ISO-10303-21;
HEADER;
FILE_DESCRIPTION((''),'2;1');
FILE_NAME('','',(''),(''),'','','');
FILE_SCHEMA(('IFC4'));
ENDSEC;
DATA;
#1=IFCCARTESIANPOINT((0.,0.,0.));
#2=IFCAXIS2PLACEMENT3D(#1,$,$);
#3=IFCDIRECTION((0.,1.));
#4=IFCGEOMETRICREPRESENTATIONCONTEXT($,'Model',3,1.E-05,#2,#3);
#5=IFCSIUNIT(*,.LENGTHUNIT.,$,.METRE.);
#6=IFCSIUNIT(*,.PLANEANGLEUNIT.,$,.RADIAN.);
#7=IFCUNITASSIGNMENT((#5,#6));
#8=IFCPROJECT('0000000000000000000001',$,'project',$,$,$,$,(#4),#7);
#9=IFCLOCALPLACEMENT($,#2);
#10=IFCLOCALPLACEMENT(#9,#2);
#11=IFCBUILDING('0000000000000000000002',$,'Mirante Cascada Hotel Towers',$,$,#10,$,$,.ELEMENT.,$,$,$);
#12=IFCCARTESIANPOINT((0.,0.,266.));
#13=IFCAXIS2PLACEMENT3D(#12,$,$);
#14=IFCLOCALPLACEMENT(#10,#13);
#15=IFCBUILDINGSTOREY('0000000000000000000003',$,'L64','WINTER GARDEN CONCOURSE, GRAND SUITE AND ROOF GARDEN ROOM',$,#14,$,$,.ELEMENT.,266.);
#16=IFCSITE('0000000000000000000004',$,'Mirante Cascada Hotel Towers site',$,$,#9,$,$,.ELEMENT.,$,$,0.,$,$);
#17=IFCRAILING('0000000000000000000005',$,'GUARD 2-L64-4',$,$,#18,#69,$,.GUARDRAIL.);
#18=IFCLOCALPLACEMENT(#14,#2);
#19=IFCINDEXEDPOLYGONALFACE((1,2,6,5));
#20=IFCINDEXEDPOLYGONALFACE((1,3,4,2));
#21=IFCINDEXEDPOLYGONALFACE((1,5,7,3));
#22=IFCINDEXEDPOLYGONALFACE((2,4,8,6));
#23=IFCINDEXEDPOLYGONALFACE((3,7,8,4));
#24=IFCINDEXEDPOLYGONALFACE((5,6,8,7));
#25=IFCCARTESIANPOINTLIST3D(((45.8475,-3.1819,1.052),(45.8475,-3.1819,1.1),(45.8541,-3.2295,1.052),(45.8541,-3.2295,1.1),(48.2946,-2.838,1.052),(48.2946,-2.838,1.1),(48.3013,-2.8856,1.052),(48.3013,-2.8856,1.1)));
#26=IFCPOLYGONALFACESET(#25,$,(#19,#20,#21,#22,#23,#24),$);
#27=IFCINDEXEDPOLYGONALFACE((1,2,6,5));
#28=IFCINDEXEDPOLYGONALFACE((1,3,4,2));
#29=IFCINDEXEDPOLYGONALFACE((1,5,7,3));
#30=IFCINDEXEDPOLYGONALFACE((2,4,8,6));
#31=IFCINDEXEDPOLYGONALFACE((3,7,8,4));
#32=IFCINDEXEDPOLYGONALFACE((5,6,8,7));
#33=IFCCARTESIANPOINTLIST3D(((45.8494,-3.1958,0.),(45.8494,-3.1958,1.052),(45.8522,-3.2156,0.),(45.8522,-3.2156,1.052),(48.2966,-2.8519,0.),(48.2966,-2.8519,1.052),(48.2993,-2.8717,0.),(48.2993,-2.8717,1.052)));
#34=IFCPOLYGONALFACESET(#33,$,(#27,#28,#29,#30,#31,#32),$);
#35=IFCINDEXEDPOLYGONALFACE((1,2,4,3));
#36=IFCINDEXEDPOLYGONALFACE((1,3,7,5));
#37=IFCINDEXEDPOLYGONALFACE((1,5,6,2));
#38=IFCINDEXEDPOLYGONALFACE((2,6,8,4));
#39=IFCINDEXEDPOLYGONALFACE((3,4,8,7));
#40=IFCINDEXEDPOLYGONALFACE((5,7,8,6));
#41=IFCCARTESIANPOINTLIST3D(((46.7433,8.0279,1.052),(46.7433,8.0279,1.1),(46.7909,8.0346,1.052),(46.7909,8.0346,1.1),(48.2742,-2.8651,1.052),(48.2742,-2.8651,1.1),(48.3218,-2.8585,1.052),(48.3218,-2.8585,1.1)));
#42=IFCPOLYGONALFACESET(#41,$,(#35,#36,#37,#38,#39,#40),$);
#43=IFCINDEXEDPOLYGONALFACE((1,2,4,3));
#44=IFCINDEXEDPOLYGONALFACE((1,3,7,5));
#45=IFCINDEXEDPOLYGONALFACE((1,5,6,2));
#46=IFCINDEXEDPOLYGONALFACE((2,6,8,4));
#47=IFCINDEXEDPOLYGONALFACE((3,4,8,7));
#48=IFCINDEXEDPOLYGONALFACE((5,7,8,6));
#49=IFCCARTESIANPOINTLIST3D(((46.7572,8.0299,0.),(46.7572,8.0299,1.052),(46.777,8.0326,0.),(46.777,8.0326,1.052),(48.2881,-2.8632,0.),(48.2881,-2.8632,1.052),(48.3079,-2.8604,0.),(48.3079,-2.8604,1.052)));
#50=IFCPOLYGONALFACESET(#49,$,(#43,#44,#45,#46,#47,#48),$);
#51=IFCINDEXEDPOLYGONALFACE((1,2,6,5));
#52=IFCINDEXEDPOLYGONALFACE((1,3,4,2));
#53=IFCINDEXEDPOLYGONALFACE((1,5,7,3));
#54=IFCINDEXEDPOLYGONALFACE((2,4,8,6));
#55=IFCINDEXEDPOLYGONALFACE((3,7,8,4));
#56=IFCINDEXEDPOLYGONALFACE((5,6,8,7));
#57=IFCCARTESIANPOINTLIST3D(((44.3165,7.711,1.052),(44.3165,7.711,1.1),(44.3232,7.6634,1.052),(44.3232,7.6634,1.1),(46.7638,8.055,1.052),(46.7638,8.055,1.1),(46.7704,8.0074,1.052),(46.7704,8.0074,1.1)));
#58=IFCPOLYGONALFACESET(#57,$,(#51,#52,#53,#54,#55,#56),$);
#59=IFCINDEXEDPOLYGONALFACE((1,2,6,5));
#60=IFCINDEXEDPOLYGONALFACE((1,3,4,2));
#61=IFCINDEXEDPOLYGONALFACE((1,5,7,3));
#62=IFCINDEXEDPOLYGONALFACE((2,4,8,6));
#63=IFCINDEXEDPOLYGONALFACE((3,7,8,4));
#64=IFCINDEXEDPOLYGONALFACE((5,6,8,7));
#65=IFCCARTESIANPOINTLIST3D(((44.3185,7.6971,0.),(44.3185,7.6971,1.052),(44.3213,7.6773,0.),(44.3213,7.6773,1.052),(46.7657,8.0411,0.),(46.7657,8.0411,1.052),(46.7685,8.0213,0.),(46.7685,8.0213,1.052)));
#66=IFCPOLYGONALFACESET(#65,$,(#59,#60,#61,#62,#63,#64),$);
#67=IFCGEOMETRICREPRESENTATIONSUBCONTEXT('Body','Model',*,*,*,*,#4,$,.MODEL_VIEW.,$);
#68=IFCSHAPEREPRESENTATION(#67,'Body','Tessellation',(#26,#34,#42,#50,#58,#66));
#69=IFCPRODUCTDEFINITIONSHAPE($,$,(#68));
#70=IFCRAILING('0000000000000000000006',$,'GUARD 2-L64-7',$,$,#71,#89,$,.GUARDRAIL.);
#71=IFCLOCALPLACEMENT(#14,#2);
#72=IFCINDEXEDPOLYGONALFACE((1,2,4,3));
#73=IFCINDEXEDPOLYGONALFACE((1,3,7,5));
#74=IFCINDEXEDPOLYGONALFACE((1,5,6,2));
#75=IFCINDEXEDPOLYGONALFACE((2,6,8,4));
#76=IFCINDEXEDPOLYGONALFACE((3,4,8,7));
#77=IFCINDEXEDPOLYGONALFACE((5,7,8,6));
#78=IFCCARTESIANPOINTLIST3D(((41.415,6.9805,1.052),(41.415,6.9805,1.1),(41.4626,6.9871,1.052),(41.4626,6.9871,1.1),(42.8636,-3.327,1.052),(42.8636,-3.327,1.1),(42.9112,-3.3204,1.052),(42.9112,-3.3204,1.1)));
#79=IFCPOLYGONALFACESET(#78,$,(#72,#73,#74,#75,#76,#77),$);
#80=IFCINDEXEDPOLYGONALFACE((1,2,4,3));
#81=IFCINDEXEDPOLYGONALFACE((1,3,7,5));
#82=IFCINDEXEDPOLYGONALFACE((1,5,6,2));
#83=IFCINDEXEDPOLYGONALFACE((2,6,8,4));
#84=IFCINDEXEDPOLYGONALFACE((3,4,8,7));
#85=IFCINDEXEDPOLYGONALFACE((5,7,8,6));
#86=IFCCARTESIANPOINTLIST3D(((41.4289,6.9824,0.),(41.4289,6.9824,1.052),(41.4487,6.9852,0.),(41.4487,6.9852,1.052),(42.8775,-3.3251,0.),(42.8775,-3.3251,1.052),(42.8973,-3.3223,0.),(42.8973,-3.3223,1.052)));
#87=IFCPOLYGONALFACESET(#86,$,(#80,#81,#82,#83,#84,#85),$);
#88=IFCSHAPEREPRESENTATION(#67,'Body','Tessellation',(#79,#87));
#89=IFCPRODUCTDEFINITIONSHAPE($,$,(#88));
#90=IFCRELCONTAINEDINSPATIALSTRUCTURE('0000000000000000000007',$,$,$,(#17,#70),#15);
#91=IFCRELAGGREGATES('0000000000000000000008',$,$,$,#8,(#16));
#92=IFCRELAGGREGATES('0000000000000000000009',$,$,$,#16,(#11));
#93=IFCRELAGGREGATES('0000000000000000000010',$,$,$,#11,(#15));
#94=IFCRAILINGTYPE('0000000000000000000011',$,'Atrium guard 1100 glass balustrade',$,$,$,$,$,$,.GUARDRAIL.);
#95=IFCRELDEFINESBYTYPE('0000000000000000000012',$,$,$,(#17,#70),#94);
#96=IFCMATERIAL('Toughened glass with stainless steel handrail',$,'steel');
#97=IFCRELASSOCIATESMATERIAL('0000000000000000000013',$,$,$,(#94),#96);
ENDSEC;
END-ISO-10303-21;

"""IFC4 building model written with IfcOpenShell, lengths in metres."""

from ifc_helpers import new_model, si_unit, direction, frame, origin, origin_2d, place, context, subcontext, project, spatial, rectangle, extrude, material, type_object, element, save


model = new_model("IFC4")

# Units and contexts
model_context = context("Model", 3, precision=1e-05, world=origin(), true_north=direction((0.0, 1.0)))
body_context = subcontext(model_context, "Body", "Model", "MODEL_VIEW")
ifc_project = project(units=[si_unit("LENGTHUNIT", "METRE"), si_unit("PLANEANGLEUNIT", "RADIAN")], contexts=[model_context])

# Site, building, storey
site_placement = place(None, origin())
site = spatial("IfcSite", under=ifc_project, at=site_placement, Name="Mirante Cascada Hotel Towers site", CompositionType="ELEMENT", RefElevation=0.0)
building_placement = place(site_placement, origin())
building = spatial("IfcBuilding", under=site, at=building_placement, Name="Mirante Cascada Hotel Towers", CompositionType="ELEMENT")
storey_placement = place(building_placement, frame((0.0, 0.0, 266.0)))
storey = spatial("IfcBuildingStorey", under=building, at=storey_placement, Name="L64", Description="WINTER GARDEN CONCOURSE, GRAND SUITE AND ROOF GARDEN ROOM", CompositionType="ELEMENT", Elevation=266.0)

# Railings
ifc_material_1 = material(Name="Toughened glass with stainless steel handrail", Category="steel")
railing_type = type_object("IfcRailingType", Name="Atrium guard 1100 glass balustrade", PredefinedType="GUARDRAIL", material=ifc_material_1)
railing_1_placement = place(storey_placement, frame((45.8508, -3.2057, 0.0)))
element("IfcRailing", 1, at=railing_1_placement, inside=storey, type_object=railing_type, Name="GUARD 2-L64-4", PredefinedType="GUARDRAIL", context=body_context, shape_type="SweptSolid", body=[
    extrude(rectangle(XDim=0.048, YDim=0.048, at=origin_2d()), frame((0.0, 0.0, 1.076), z_axis=(0.99027, 0.139161, 0.0), x_axis=(-0.139161, 0.99027, 0.0)), (0.0, 0.0, 1.0), 2.4712),
    extrude(rectangle(XDim=0.02, YDim=1.052, at=origin_2d()), frame((0.0, 0.0, 0.526), z_axis=(0.99027, 0.139161, 0.0), x_axis=(-0.139161, 0.99027, 0.0)), (0.0, 0.0, 1.0), 2.4712),
    extrude(rectangle(XDim=0.048, YDim=0.048, at=origin_2d()), frame((2.4472, 0.3439, 1.076), z_axis=(-0.139172, 0.990268, 0.0), x_axis=(-0.990268, -0.139172, 0.0)), (0.0, 0.0, 1.0), 11.0001),
    extrude(rectangle(XDim=0.02, YDim=1.052, at=origin_2d()), frame((2.4472, 0.3439, 0.526), z_axis=(-0.139172, 0.990268, 0.0), x_axis=(-0.990268, -0.139172, 0.0)), (0.0, 0.0, 1.0), 11.0001),
    extrude(rectangle(XDim=0.048, YDim=0.048, at=origin_2d()), frame((0.9163, 11.2369, 1.076), z_axis=(-0.990264, -0.1392, 0.0), x_axis=(0.1392, -0.990264, 0.0)), (0.0, 0.0, 1.0), 2.4713),
    extrude(rectangle(XDim=0.02, YDim=1.052, at=origin_2d()), frame((0.9163, 11.2369, 0.526), z_axis=(-0.990264, -0.1392, 0.0), x_axis=(0.1392, -0.990264, 0.0)), (0.0, 0.0, 1.0), 2.4713),
])
railing_2_placement = place(storey_placement, frame((42.8874, -3.3237, 0.0)))
element("IfcRailing", 2, at=railing_2_placement, inside=storey, type_object=railing_type, Name="GUARD 2-L64-7", PredefinedType="GUARDRAIL", context=body_context, shape_type="SweptSolid", body=[
    extrude(rectangle(XDim=0.048, YDim=0.048, at=origin_2d()), frame((0.0, 0.0, 1.076), z_axis=(-0.139171, 0.990268, 0.0), x_axis=(-0.990268, -0.139171, 0.0)), (0.0, 0.0, 1.0), 10.4088),
    extrude(rectangle(XDim=0.02, YDim=1.052, at=origin_2d()), frame((0.0, 0.0, 0.526), z_axis=(-0.139171, 0.990268, 0.0), x_axis=(-0.990268, -0.139171, 0.0)), (0.0, 0.0, 1.0), 10.4088),
])

save(model, "model.ifc")
